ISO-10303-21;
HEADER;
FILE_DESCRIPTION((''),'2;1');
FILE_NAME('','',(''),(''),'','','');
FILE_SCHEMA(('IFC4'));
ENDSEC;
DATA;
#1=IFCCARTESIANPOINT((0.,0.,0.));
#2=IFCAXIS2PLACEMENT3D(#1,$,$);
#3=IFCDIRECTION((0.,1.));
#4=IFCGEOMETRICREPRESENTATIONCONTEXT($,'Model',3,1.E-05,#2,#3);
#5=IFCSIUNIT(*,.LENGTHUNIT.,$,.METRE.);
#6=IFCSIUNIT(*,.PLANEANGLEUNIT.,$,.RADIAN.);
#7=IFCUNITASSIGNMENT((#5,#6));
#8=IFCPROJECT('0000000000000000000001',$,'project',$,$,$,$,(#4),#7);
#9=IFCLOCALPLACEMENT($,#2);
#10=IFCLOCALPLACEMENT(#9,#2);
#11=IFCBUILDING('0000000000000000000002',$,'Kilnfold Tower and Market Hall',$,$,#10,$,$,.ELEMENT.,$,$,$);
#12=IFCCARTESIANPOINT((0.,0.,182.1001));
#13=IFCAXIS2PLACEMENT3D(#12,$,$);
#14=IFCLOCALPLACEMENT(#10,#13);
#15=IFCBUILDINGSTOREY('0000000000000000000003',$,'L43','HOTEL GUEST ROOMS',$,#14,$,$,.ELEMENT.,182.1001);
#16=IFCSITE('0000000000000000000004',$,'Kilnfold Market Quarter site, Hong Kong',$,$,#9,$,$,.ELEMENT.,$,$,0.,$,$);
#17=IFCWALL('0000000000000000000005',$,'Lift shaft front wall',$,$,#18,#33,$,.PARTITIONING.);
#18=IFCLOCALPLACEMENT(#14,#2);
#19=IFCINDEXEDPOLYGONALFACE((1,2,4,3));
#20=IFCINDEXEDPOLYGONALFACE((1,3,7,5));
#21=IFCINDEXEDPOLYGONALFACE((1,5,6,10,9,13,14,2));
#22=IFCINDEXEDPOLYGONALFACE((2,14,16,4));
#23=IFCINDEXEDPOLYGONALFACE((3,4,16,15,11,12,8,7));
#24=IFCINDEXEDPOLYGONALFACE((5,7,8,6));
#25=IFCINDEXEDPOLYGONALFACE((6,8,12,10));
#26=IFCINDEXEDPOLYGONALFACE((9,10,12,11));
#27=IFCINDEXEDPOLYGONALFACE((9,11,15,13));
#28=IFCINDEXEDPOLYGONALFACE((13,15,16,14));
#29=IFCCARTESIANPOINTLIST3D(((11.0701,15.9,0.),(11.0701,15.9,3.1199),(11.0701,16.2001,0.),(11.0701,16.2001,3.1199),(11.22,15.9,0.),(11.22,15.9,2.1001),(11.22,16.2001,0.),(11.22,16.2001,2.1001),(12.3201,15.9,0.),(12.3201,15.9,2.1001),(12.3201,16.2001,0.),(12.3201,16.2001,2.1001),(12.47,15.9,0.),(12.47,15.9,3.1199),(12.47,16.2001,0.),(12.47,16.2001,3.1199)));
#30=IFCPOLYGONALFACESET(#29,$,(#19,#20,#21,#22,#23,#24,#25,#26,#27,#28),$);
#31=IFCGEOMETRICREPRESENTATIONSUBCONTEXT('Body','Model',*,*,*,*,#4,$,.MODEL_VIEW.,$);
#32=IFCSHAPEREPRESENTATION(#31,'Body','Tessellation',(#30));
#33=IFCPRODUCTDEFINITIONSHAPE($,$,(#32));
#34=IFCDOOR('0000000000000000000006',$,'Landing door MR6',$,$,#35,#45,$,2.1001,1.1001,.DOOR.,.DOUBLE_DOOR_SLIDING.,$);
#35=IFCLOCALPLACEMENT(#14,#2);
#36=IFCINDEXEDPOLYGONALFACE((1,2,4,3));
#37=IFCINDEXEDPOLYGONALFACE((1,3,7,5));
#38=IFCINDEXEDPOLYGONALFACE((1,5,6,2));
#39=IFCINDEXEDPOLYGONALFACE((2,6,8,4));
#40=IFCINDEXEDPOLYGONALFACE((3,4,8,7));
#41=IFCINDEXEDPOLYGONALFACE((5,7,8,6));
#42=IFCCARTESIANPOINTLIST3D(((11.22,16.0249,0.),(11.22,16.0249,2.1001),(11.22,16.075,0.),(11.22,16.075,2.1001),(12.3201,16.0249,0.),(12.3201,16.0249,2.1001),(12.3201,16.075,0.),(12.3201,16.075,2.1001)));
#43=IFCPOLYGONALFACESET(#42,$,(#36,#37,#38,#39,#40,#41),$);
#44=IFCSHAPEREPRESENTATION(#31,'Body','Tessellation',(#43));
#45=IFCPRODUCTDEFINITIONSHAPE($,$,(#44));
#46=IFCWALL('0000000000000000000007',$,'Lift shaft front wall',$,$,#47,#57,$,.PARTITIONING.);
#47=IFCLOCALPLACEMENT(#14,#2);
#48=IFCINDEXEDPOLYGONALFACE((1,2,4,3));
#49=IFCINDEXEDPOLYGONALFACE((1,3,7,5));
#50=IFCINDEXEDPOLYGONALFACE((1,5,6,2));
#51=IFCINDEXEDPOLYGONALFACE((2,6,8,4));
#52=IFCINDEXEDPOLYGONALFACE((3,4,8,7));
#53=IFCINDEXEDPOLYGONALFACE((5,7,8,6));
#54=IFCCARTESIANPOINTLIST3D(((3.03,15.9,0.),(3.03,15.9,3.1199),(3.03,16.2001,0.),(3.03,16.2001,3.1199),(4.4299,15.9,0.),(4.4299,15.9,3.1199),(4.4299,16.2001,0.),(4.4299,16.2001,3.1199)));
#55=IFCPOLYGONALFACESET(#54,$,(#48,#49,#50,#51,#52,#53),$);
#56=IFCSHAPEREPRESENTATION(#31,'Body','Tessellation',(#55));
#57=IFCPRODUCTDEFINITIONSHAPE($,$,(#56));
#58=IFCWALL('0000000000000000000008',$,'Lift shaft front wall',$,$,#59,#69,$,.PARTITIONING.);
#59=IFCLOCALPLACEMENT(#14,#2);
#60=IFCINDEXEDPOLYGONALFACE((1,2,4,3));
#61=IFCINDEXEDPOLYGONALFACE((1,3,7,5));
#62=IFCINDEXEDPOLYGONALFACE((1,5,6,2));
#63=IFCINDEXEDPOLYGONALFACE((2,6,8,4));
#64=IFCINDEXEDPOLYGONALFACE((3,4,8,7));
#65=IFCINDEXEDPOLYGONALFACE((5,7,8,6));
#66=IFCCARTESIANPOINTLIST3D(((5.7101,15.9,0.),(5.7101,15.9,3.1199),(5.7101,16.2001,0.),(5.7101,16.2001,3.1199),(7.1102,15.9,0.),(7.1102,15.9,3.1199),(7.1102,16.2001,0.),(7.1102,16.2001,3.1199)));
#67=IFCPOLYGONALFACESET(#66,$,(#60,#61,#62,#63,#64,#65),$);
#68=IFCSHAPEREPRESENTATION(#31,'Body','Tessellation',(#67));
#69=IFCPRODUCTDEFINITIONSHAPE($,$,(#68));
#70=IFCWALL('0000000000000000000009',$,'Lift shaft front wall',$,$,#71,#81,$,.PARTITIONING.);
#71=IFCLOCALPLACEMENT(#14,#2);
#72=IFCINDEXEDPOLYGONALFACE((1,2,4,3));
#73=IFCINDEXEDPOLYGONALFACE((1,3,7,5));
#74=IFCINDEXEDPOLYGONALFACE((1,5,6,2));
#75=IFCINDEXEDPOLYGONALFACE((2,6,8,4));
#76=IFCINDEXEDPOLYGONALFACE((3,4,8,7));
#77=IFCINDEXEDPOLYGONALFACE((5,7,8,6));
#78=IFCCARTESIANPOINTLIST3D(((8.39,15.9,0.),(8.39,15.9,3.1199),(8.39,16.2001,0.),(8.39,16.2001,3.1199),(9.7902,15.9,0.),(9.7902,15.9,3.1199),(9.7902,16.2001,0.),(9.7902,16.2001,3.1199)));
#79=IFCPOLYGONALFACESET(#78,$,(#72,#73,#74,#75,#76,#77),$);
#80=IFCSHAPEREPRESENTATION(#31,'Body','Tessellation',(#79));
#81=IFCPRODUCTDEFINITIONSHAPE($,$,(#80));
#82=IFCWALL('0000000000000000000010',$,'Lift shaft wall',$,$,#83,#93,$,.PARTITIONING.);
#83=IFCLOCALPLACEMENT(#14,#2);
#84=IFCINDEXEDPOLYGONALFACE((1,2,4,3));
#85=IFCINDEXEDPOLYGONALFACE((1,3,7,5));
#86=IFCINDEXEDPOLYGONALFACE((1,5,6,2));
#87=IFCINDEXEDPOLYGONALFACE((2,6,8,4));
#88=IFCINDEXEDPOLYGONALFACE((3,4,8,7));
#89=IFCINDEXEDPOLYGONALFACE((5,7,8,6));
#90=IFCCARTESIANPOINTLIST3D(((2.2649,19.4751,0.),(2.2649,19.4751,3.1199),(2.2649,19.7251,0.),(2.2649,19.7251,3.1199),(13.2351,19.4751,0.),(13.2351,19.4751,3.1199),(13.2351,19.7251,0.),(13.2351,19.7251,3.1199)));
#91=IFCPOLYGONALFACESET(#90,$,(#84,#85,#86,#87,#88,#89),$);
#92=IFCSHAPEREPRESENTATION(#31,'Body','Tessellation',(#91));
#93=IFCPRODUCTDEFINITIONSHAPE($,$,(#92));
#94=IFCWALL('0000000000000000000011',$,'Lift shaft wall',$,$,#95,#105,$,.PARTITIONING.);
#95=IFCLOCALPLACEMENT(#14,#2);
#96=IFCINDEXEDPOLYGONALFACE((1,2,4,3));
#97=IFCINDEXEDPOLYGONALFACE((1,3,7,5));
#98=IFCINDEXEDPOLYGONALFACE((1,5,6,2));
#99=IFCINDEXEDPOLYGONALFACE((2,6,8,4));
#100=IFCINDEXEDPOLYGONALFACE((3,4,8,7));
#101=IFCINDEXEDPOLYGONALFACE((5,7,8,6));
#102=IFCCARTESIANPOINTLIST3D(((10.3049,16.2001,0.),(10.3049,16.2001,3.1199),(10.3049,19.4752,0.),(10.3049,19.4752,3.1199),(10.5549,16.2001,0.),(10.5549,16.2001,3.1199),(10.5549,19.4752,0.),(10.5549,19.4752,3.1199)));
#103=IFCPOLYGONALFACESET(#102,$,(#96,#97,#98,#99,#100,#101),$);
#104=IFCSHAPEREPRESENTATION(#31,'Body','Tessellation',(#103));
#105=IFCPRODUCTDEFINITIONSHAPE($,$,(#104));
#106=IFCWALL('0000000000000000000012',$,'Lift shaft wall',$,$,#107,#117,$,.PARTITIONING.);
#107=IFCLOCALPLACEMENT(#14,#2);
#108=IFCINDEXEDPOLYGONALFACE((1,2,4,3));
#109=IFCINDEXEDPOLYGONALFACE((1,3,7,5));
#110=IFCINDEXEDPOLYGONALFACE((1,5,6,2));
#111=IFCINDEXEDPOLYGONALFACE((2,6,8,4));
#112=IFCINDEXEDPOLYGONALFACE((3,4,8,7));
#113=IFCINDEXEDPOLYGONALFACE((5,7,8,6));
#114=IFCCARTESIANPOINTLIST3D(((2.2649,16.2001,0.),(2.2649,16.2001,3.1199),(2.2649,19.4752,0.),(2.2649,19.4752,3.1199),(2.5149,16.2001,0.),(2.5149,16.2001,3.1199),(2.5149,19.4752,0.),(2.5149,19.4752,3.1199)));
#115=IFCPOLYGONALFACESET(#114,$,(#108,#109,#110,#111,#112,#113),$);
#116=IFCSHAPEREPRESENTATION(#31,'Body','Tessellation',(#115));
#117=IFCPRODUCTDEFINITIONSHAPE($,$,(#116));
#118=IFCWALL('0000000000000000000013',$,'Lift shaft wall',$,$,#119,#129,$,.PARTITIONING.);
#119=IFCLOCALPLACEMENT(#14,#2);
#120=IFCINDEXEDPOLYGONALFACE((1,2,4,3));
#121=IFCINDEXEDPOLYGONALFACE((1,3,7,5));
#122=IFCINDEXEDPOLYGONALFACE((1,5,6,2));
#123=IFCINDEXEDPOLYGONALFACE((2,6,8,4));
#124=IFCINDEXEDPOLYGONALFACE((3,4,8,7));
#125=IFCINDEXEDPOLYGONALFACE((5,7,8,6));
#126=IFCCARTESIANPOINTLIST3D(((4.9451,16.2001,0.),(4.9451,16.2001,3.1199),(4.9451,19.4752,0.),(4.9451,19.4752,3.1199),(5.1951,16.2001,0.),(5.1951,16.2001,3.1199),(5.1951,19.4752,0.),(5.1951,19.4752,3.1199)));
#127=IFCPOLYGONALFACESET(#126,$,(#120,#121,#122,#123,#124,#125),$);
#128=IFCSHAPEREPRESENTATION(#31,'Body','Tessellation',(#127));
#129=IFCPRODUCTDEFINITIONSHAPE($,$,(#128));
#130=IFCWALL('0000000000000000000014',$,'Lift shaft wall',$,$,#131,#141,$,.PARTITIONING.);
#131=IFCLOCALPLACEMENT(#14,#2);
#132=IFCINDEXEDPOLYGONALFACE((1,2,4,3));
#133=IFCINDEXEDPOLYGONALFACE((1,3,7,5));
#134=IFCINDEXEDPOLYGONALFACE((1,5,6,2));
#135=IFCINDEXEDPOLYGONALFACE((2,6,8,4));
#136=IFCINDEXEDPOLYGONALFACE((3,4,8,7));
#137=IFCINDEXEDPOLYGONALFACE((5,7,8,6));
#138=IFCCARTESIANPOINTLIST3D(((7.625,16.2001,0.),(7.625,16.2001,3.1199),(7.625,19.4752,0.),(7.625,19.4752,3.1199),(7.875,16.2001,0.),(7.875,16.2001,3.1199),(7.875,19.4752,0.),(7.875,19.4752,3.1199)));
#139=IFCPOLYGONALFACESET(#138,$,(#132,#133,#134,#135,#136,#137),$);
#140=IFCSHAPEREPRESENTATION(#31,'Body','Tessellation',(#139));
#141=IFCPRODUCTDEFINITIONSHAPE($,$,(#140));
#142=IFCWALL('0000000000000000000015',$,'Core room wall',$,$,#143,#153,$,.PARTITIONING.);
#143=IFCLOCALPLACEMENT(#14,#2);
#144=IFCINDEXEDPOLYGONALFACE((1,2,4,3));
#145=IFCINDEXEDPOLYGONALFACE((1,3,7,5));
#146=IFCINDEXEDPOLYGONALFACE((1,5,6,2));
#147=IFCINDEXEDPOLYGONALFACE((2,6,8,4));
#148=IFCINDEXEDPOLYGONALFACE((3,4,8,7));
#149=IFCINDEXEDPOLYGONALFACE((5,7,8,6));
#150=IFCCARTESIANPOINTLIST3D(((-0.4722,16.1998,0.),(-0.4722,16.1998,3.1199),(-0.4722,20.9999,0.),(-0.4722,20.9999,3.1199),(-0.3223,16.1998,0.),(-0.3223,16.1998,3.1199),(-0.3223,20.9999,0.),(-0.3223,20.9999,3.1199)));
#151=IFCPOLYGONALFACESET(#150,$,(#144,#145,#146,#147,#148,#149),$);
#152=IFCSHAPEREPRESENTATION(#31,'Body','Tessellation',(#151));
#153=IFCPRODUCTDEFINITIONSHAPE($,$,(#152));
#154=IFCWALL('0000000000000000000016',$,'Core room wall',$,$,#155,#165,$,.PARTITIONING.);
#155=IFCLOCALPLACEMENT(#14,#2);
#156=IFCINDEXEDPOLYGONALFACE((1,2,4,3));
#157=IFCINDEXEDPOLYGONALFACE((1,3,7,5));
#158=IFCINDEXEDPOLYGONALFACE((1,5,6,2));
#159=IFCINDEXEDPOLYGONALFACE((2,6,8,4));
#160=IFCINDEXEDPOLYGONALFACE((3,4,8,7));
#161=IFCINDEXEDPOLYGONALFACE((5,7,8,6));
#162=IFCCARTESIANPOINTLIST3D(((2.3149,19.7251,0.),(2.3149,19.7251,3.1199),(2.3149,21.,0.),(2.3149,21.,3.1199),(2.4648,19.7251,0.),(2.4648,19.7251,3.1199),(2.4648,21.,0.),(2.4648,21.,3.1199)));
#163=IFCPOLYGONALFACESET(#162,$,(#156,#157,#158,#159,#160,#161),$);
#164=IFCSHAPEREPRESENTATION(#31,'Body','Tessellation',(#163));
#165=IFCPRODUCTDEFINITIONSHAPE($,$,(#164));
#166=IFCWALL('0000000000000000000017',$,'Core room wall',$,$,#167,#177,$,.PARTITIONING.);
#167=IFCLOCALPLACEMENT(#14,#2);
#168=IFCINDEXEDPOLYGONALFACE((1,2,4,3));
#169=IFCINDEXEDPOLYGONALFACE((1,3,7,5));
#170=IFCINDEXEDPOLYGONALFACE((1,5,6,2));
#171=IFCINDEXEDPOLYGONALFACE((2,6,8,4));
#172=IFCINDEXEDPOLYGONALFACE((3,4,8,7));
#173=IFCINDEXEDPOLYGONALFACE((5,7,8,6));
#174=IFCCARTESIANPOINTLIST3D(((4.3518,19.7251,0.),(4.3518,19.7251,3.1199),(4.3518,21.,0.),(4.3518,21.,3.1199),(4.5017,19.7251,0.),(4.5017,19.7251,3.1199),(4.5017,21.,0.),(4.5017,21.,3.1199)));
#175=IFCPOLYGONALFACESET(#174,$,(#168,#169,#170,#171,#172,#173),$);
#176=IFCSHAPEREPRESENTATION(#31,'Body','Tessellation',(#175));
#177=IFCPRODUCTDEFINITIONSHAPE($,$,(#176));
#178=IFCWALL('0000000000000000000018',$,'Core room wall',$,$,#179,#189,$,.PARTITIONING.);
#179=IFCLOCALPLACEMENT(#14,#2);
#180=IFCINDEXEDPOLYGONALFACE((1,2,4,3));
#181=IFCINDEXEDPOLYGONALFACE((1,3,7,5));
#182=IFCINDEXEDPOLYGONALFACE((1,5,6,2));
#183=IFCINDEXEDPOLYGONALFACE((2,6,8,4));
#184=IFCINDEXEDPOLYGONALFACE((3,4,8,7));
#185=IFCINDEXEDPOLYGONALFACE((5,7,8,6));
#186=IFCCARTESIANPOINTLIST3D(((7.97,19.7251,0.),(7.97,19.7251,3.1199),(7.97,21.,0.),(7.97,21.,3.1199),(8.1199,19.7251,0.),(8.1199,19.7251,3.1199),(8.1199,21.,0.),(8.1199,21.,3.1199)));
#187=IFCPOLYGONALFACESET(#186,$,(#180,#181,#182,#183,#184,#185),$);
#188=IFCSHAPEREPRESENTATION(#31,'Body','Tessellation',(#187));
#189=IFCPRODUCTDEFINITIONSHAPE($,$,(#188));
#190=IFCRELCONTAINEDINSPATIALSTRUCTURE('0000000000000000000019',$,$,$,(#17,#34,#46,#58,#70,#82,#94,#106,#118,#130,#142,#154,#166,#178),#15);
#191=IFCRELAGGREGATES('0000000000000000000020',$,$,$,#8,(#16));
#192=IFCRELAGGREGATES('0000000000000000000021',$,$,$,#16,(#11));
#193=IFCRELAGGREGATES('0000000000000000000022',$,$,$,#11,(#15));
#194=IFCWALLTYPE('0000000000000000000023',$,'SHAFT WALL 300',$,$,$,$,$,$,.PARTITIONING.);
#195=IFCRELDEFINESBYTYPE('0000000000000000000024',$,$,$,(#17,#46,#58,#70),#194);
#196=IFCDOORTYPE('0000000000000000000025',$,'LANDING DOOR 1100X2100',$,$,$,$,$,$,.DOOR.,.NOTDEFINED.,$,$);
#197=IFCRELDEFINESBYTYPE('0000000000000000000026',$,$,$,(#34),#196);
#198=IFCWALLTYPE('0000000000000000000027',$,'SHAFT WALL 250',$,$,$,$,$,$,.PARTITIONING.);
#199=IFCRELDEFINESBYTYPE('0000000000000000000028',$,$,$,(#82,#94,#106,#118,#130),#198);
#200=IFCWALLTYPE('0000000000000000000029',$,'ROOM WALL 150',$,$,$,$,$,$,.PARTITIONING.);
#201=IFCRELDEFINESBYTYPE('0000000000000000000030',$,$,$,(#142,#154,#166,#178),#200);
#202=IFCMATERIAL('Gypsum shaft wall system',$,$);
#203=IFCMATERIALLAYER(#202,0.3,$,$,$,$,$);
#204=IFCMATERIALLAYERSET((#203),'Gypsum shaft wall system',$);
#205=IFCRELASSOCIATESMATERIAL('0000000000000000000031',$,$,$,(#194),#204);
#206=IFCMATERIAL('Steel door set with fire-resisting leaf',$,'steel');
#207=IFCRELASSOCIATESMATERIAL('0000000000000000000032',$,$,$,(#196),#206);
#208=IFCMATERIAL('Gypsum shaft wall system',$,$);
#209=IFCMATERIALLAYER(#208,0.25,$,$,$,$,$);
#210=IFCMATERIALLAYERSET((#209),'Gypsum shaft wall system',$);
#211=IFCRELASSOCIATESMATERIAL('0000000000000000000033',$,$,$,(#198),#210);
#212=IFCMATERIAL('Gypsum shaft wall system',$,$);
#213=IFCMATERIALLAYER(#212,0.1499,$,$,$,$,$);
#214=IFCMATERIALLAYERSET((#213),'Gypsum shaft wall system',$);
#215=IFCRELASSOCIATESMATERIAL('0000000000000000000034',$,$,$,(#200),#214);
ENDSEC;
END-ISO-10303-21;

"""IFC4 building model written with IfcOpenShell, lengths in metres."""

from ifc_helpers import new_model, si_unit, direction, frame, frame_2d, origin, place, context, subcontext, project, spatial, rectangle, extrude, source, transform, mapped, material, layer, layer_set, type_object, element, fill, save


model = new_model("IFC4")

# Units and contexts
model_context = context("Model", 3, precision=1e-05, world=origin(), true_north=direction((0.0, 1.0)))
body_context = subcontext(model_context, "Body", "Model", "MODEL_VIEW")
ifc_project = project(units=[si_unit("LENGTHUNIT", "METRE"), si_unit("PLANEANGLEUNIT", "RADIAN")], contexts=[model_context])

# Site, building, storey
site_placement = place(None, origin())
site = spatial("IfcSite", under=ifc_project, at=site_placement, Name="Kilnfold Market Quarter site, Hong Kong", CompositionType="ELEMENT", RefElevation=0.0)
building_placement = place(site_placement, origin())
building = spatial("IfcBuilding", under=site, at=building_placement, Name="Kilnfold Tower and Market Hall", CompositionType="ELEMENT")
storey_placement = place(building_placement, frame((0.0, 0.0, 182.1001)))
storey = spatial("IfcBuildingStorey", under=building, at=storey_placement, Name="L43", Description="HOTEL GUEST ROOMS", CompositionType="ELEMENT", Elevation=182.1001)

# Wall, opening, door
ifc_material_1 = material(Name="Gypsum shaft wall system")
ifc_layer_1 = layer(ifc_material_1, 0.3)
ifc_layer_set_1 = layer_set([ifc_layer_1], Name="Gypsum shaft wall system")
wall_type_1 = type_object("IfcWallType", Name="SHAFT WALL 300", PredefinedType="PARTITIONING", material=ifc_layer_set_1)
shared_shape_1 = source(origin(), body_context, "Body", "SweptSolid", [
    extrude(rectangle(XDim=1.3999, YDim=0.3, at=frame_2d((0.7, 0.0))), origin(), (0.0, 0.0, 1.0), 3.1199),
])
wall_1_placement = place(storey_placement, frame((11.0701, 16.05, 0.0), z_axis=(0.0, 0.0, 1.0), x_axis=(1.0, 0.0, 0.0)))
wall_1 = element("IfcWall", 1, at=wall_1_placement, inside=storey, type_object=wall_type_1, Name="Lift shaft front wall", PredefinedType="PARTITIONING", context=body_context, shape_type="MappedRepresentation", body=[
    mapped(shared_shape_1, transform((0.0, 0.0, 0.0))),
])
opening_1_placement = place(wall_1_placement, frame((0.1499, 0.0, 0.0)))
opening_1 = element("IfcOpeningElement", 2, at=opening_1_placement, cuts=wall_1, PredefinedType="OPENING", context=body_context, shape_type="SweptSolid", body=[
    extrude(rectangle(XDim=1.1001, YDim=2.1001, at=frame_2d((0.55, 1.05))), frame((0.0, 0.1602, 0.0), z_axis=(0.0, -1.0, 0.0), x_axis=(1.0, 0.0, 0.0)), (0.0, 0.0, 1.0), 0.3201),
])
ifc_material_2 = material(Name="Steel door set with fire-resisting leaf", Category="steel")
door_type = type_object("IfcDoorType", Name="LANDING DOOR 1100X2100", OperationType="NOTDEFINED", PredefinedType="DOOR", material=ifc_material_2)
door_placement = place(opening_1_placement, origin())
door = element("IfcDoor", 3, at=door_placement, inside=storey, type_object=door_type, Name="Landing door MR6", OperationType="DOUBLE_DOOR_SLIDING", OverallHeight=2.1001, OverallWidth=1.1001, PredefinedType="DOOR", context=body_context, shape_type="SweptSolid", body=[
    extrude(rectangle(XDim=1.1001, YDim=2.1001, at=frame_2d((0.55, 1.05))), frame((0.0, 0.0249, 0.0), z_axis=(0.0, -1.0, 0.0), x_axis=(1.0, 0.0, 0.0)), (0.0, 0.0, 1.0), 0.05),
])
fill(opening_1, door)

# Walls
wall_2_placement = place(storey_placement, frame((3.03, 16.05, 0.0), z_axis=(0.0, 0.0, 1.0), x_axis=(1.0, 0.0, 0.0)))
element("IfcWall", 4, at=wall_2_placement, inside=storey, type_object=wall_type_1, Name="Lift shaft front wall", PredefinedType="PARTITIONING", context=body_context, shape_type="MappedRepresentation", body=[
    mapped(shared_shape_1, transform((0.0, 0.0, 0.0))),
])
shared_shape_2 = source(origin(), body_context, "Body", "SweptSolid", [
    extrude(rectangle(XDim=1.4001, YDim=0.3, at=frame_2d((0.7002, 0.0))), origin(), (0.0, 0.0, 1.0), 3.1199),
])
for number, where, z_axis, x_axis, name in (
    (5, (5.71, 16.05, 0.0), (0.0, 0.0, 1.0), (1.0, 0.0, 0.0), "Lift shaft front wall"),
    (6, (8.3899, 16.05, 0.0), (0.0, 0.0, 1.0), (1.0, 0.0, 0.0), "Lift shaft front wall"),
):
    element("IfcWall", number, at=place(storey_placement, frame(where, z_axis=z_axis, x_axis=x_axis)), inside=storey, type_object=wall_type_1, Name=name, PredefinedType="PARTITIONING", context=body_context, shape_type="MappedRepresentation", body=[
        mapped(shared_shape_2, transform((0.0, 0.0, 0.0))),
    ])
ifc_material_3 = material(Name="Gypsum shaft wall system")
ifc_layer_2 = layer(ifc_material_3, 0.25)
ifc_layer_set_2 = layer_set([ifc_layer_2], Name="Gypsum shaft wall system")
wall_type_2 = type_object("IfcWallType", Name="SHAFT WALL 250", PredefinedType="PARTITIONING", material=ifc_layer_set_2)
shared_shape_3 = source(origin(), body_context, "Body", "SweptSolid", [
    extrude(rectangle(XDim=10.9702, YDim=0.25, at=frame_2d((5.4851, 0.0))), origin(), (0.0, 0.0, 1.0), 3.1199),
])
wall_3_placement = place(storey_placement, frame((2.2649, 19.6001, 0.0), z_axis=(0.0, 0.0, 1.0), x_axis=(1.0, 0.0, 0.0)))
element("IfcWall", 7, at=wall_3_placement, inside=storey, type_object=wall_type_2, Name="Lift shaft wall", PredefinedType="PARTITIONING", context=body_context, shape_type="MappedRepresentation", body=[
    mapped(shared_shape_3, transform((0.0, 0.0, 0.0))),
])
shared_shape_4 = source(origin(), body_context, "Body", "SweptSolid", [
    extrude(rectangle(XDim=3.2751, YDim=0.25, at=frame_2d((1.6377, 0.0))), origin(), (0.0, 0.0, 1.0), 3.1199),
])
for number, where, z_axis, x_axis, name in (
    (8, (10.4299, 16.2, 0.0), (0.0, 0.0, 1.0), (0.0, 1.0, 0.0), "Lift shaft wall"),
    (9, (2.3899, 16.2, 0.0), (0.0, 0.0, 1.0), (0.0, 1.0, 0.0), "Lift shaft wall"),
    (10, (5.0701, 16.2, 0.0), (0.0, 0.0, 1.0), (0.0, 1.0, 0.0), "Lift shaft wall"),
    (11, (7.75, 16.2, 0.0), (0.0, 0.0, 1.0), (0.0, 1.0, 0.0), "Lift shaft wall"),
):
    element("IfcWall", number, at=place(storey_placement, frame(where, z_axis=z_axis, x_axis=x_axis)), inside=storey, type_object=wall_type_2, Name=name, PredefinedType="PARTITIONING", context=body_context, shape_type="MappedRepresentation", body=[
        mapped(shared_shape_4, transform((0.0, 0.0, 0.0))),
    ])
ifc_material_4 = material(Name="Gypsum shaft wall system")
ifc_layer_3 = layer(ifc_material_4, 0.1499)
ifc_layer_set_3 = layer_set([ifc_layer_3], Name="Gypsum shaft wall system")
wall_type_3 = type_object("IfcWallType", Name="ROOM WALL 150", PredefinedType="PARTITIONING", material=ifc_layer_set_3)
shared_shape_5 = source(origin(), body_context, "Body", "SweptSolid", [
    extrude(rectangle(XDim=4.8, YDim=0.1499, at=frame_2d((2.3999, 0.0))), origin(), (0.0, 0.0, 1.0), 3.1199),
])
wall_4_placement = place(storey_placement, frame((-0.3972, 16.2, 0.0), z_axis=(0.0, 0.0, 1.0), x_axis=(0.0, 1.0, 0.0)))
element("IfcWall", 12, at=wall_4_placement, inside=storey, type_object=wall_type_3, Name="Core room wall", PredefinedType="PARTITIONING", context=body_context, shape_type="MappedRepresentation", body=[
    mapped(shared_shape_5, transform((0.0, 0.0, 0.0))),
])
shared_shape_6 = source(origin(), body_context, "Body", "SweptSolid", [
    extrude(rectangle(XDim=1.2749, YDim=0.1499, at=frame_2d((0.6375, 0.0))), origin(), (0.0, 0.0, 1.0), 3.1199),
])
for number, where, z_axis, x_axis, name in (
    (13, (2.3899, 19.7251, 0.0), (0.0, 0.0, 1.0), (0.0, 1.0, 0.0), "Core room wall"),
    (14, (4.4268, 19.7251, 0.0), (0.0, 0.0, 1.0), (0.0, 1.0, 0.0), "Core room wall"),
    (15, (8.0449, 19.7251, 0.0), (0.0, 0.0, 1.0), (0.0, 1.0, 0.0), "Core room wall"),
):
    element("IfcWall", number, at=place(storey_placement, frame(where, z_axis=z_axis, x_axis=x_axis)), inside=storey, type_object=wall_type_3, Name=name, PredefinedType="PARTITIONING", context=body_context, shape_type="MappedRepresentation", body=[
        mapped(shared_shape_6, transform((0.0, 0.0, 0.0))),
    ])

save(model, "model.ifc")
